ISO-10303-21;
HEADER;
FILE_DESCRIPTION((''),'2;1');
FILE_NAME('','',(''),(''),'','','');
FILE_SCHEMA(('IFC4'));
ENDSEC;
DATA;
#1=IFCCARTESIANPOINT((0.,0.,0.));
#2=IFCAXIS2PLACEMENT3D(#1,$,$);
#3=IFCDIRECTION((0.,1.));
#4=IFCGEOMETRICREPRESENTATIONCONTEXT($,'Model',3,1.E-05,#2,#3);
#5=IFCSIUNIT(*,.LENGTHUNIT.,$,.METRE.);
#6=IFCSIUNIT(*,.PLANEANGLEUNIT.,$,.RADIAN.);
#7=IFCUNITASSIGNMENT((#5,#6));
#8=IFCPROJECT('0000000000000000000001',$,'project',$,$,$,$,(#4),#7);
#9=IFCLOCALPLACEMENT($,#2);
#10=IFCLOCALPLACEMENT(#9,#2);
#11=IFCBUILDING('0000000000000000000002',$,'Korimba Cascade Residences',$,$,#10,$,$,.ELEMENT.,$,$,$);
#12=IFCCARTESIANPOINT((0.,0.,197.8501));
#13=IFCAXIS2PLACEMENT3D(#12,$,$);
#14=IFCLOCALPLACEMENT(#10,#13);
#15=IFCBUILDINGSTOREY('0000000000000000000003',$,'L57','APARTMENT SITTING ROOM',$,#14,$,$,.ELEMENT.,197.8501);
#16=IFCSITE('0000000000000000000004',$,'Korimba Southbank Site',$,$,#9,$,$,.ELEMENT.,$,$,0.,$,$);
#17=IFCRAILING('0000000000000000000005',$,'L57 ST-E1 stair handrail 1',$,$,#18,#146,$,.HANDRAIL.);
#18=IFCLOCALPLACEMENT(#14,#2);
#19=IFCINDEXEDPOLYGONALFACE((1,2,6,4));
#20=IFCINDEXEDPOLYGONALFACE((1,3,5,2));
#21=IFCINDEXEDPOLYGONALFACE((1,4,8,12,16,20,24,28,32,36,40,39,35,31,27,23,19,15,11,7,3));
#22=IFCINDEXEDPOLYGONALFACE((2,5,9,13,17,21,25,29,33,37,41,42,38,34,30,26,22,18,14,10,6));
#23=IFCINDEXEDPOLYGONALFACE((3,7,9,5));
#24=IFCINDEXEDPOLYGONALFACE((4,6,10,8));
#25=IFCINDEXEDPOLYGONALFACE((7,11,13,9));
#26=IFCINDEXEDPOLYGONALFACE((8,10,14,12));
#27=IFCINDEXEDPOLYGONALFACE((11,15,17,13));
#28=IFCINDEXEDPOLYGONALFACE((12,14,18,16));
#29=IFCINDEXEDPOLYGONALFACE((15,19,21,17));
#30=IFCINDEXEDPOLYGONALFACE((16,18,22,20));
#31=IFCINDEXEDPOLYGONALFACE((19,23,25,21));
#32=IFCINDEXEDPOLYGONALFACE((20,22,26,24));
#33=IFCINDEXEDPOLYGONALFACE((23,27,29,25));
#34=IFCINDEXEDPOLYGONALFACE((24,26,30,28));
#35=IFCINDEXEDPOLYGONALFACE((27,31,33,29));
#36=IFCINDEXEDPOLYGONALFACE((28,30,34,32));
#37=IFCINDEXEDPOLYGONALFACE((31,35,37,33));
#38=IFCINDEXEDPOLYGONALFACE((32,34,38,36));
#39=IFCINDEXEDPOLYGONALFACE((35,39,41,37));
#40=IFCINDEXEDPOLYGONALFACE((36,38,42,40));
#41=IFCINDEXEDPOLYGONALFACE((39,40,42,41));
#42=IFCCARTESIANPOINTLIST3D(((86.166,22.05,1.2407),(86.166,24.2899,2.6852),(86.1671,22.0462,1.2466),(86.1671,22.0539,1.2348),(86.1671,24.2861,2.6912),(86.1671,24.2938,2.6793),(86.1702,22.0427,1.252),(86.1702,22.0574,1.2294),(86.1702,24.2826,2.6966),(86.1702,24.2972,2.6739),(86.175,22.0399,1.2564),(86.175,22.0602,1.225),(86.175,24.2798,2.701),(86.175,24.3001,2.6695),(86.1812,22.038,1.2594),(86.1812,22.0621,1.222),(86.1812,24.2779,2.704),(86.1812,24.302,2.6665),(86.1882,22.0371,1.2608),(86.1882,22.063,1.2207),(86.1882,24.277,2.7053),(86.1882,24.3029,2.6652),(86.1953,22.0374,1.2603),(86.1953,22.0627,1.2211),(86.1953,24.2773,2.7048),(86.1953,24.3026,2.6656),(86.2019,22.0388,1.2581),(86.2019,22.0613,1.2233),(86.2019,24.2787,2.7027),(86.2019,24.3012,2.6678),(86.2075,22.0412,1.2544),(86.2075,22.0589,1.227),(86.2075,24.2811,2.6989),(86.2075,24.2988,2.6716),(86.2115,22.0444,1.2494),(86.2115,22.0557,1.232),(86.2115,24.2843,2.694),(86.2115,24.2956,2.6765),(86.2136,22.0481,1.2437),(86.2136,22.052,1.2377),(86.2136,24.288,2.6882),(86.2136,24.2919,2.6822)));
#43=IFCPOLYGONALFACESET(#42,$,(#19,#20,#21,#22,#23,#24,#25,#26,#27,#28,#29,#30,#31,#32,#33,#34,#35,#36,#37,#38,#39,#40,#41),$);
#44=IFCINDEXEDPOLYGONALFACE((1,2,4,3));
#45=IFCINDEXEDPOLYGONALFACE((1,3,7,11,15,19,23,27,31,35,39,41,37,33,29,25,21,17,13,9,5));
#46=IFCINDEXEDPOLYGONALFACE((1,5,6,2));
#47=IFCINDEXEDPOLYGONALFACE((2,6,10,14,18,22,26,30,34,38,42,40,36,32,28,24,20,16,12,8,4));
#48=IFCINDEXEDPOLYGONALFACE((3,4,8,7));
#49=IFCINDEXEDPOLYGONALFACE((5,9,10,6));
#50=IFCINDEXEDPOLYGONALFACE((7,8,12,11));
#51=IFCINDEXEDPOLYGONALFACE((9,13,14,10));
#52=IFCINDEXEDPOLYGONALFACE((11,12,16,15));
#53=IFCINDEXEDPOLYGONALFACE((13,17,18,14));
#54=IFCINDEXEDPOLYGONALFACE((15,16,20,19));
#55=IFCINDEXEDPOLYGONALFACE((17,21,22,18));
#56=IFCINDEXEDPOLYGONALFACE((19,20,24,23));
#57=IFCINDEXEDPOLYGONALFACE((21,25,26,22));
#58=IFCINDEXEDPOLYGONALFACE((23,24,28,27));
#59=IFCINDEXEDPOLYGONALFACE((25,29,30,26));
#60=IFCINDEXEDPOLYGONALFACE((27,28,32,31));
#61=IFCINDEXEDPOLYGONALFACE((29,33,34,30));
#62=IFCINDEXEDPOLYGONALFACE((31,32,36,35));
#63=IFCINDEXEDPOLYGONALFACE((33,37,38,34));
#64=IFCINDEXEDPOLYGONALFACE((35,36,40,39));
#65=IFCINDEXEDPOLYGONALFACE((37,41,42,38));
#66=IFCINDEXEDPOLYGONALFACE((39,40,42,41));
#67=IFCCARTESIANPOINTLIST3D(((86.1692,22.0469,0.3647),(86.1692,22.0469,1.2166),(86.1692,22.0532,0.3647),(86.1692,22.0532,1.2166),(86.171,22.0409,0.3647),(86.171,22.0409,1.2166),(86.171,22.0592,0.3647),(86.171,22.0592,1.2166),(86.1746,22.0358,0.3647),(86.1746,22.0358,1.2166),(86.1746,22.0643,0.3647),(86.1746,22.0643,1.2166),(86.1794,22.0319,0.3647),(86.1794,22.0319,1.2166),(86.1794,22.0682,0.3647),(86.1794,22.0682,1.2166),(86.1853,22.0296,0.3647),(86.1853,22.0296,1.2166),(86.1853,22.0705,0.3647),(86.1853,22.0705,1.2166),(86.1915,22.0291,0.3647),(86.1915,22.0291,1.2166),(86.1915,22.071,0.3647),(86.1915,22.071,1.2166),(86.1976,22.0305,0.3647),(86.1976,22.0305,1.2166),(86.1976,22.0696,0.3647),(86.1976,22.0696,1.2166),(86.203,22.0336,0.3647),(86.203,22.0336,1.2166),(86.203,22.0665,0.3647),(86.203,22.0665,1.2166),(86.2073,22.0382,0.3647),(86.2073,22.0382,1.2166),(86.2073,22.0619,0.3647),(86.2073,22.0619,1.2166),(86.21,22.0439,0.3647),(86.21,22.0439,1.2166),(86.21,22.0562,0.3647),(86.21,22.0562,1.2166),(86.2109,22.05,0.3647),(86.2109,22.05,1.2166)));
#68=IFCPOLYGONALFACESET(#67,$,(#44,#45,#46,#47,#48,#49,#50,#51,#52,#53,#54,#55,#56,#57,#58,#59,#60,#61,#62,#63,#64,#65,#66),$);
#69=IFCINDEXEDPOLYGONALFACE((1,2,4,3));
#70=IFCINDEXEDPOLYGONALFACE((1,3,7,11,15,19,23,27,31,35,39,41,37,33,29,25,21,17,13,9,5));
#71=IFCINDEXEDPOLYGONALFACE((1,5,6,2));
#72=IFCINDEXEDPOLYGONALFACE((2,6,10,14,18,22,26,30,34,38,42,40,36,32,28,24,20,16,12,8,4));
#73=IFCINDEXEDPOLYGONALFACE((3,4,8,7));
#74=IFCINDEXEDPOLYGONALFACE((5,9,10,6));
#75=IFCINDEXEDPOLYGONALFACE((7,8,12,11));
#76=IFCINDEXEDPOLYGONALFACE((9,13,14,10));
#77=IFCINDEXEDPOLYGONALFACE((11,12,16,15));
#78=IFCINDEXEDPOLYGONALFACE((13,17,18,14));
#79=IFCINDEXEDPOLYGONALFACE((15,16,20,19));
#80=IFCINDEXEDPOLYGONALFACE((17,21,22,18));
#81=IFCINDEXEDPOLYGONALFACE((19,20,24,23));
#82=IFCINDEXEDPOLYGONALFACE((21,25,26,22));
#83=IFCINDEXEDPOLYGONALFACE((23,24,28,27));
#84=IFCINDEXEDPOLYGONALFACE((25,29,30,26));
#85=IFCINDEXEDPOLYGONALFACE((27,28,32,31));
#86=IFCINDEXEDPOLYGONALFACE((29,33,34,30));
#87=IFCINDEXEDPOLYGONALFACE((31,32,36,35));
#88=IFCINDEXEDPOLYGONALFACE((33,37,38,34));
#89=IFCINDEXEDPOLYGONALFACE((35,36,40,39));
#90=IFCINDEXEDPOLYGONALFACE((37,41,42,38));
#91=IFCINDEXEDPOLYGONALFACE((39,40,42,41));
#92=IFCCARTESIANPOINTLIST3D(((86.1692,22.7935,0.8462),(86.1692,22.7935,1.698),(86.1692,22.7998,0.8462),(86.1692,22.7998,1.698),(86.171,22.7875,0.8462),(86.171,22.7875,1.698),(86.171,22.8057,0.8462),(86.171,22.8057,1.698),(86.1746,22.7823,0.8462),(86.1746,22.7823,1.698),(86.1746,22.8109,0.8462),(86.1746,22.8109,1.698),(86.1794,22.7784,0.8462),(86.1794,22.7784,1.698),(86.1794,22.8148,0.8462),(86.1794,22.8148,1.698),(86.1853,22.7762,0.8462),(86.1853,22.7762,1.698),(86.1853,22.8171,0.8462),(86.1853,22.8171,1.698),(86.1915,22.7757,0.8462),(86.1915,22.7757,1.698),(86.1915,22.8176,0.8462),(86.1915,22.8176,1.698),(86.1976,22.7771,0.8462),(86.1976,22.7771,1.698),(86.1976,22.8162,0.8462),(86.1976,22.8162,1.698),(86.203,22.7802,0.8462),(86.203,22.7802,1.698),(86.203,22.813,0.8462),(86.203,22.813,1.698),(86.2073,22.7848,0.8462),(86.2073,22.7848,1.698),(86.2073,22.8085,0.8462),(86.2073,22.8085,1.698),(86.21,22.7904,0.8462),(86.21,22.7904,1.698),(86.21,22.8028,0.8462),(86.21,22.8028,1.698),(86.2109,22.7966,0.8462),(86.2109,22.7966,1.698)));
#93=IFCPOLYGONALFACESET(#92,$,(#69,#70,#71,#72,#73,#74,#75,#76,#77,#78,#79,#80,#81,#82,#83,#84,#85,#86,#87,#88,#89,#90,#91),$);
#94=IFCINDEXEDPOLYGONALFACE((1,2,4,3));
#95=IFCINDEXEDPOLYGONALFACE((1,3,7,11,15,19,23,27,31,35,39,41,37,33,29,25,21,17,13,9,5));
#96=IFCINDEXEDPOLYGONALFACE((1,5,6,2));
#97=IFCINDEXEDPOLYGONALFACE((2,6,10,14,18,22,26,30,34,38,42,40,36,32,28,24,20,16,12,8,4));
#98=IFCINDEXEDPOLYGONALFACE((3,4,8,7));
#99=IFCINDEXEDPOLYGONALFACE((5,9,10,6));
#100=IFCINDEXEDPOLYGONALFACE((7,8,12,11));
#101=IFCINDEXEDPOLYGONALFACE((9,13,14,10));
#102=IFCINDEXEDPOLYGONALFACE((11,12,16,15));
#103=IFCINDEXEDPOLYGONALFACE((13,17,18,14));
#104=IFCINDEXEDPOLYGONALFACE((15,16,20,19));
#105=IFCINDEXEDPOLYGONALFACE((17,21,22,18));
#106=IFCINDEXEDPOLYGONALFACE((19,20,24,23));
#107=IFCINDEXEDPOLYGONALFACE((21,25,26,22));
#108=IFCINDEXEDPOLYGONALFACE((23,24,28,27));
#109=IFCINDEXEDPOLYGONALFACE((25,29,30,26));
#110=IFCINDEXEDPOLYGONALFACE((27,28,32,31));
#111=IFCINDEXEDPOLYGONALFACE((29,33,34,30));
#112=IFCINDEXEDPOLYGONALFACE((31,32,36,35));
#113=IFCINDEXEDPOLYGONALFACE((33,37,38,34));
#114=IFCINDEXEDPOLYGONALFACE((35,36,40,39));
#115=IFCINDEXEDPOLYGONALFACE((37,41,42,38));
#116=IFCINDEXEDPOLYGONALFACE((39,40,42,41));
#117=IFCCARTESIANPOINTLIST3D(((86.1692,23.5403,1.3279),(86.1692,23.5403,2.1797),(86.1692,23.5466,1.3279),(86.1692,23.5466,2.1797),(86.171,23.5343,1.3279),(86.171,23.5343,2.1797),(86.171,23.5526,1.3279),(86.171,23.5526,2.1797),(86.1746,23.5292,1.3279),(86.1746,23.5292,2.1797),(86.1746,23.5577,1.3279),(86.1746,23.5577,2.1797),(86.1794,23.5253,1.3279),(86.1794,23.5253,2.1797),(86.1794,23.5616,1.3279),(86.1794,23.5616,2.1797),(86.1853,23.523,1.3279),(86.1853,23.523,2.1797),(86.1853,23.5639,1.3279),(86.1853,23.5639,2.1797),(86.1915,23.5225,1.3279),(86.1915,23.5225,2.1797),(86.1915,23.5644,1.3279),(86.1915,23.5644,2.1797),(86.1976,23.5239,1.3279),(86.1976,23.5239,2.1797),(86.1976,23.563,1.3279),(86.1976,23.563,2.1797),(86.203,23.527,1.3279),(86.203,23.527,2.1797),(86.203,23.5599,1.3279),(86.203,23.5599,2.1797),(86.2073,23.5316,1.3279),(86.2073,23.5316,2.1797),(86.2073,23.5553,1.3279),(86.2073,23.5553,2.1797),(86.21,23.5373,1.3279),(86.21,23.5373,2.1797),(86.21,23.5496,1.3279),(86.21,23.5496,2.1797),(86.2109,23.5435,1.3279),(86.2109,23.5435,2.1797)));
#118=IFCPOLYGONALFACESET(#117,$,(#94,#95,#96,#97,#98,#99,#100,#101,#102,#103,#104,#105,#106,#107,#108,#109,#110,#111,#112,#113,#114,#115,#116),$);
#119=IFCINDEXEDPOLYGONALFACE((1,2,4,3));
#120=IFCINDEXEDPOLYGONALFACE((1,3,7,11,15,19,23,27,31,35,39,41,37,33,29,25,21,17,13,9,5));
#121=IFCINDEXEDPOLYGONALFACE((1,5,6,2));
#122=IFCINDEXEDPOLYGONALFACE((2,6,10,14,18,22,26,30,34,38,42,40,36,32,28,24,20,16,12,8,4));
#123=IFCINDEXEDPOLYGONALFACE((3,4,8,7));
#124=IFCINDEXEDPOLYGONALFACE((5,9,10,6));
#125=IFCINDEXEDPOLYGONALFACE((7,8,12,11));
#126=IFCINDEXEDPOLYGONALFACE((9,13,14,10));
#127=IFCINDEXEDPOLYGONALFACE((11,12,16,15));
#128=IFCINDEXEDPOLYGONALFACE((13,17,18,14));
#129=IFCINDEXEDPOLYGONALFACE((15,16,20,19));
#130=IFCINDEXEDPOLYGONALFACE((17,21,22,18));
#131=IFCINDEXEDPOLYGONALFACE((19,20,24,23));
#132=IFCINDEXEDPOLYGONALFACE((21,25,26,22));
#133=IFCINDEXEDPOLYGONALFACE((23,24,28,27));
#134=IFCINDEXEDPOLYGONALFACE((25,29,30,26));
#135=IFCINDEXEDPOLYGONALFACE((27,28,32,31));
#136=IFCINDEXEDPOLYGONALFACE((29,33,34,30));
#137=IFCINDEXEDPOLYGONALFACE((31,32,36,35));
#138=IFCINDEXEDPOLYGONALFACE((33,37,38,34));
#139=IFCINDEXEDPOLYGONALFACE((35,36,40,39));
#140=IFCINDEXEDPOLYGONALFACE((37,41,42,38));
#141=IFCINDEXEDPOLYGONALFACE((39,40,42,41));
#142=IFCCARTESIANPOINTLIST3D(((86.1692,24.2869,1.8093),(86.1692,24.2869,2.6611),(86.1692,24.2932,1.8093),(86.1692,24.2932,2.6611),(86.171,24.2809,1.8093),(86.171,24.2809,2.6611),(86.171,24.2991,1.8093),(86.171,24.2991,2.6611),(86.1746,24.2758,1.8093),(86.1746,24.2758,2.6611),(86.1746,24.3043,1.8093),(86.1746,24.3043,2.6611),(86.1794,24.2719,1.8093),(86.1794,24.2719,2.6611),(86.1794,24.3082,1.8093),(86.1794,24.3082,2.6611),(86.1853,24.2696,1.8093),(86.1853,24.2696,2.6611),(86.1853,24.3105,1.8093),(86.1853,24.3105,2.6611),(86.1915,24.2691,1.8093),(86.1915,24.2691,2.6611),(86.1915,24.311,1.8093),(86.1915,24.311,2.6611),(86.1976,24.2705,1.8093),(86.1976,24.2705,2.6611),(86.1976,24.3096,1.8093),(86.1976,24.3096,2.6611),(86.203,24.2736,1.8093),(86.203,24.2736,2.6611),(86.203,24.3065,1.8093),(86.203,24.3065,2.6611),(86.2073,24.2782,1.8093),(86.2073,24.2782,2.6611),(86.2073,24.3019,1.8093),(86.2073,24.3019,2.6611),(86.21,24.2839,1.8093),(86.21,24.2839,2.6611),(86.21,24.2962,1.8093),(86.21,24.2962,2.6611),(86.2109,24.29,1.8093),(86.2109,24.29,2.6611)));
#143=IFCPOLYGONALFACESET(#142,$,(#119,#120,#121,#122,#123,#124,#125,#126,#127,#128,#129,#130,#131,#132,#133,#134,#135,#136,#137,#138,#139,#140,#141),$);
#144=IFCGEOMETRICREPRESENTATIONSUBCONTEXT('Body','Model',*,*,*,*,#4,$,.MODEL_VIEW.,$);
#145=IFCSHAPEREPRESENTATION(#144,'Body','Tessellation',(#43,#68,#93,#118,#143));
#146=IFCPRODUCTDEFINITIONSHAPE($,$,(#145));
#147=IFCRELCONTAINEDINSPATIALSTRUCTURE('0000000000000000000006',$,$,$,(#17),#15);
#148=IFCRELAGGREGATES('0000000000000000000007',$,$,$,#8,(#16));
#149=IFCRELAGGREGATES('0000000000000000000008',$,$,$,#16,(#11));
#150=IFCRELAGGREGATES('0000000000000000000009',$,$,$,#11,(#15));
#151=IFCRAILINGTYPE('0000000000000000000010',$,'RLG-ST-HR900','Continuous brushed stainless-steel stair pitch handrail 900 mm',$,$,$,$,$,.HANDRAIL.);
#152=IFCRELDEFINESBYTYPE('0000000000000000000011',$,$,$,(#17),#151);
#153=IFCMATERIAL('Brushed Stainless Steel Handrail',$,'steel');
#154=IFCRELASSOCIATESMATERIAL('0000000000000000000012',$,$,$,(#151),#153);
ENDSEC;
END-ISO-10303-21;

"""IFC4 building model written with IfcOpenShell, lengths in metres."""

from ifc_helpers import new_model, si_unit, direction, frame, origin, origin_2d, place, context, subcontext, project, spatial, circle, extrude, material, type_object, element, save


model = new_model("IFC4")

# Units and contexts
model_context = context("Model", 3, precision=1e-05, world=origin(), true_north=direction((0.0, 1.0)))
body_context = subcontext(model_context, "Body", "Model", "MODEL_VIEW")
ifc_project = project(units=[si_unit("LENGTHUNIT", "METRE"), si_unit("PLANEANGLEUNIT", "RADIAN")], contexts=[model_context])

# Site, building, storey
site_placement = place(None, origin())
site = spatial("IfcSite", under=ifc_project, at=site_placement, Name="Korimba Southbank Site", CompositionType="ELEMENT", RefElevation=0.0)
building_placement = place(site_placement, origin())
building = spatial("IfcBuilding", under=site, at=building_placement, Name="Korimba Cascade Residences", CompositionType="ELEMENT")
storey_placement = place(building_placement, frame((0.0, 0.0, 197.8501)))
storey = spatial("IfcBuildingStorey", under=building, at=storey_placement, Name="L57", Description="APARTMENT SITTING ROOM", CompositionType="ELEMENT", Elevation=197.8501)

# Railing
ifc_material_1 = material(Name="Brushed Stainless Steel Handrail", Category="steel")
railing_type = type_object("IfcRailingType", Name="RLG-ST-HR900", Description="Continuous brushed stainless-steel stair pitch handrail 900 mm", PredefinedType="HANDRAIL", material=ifc_material_1)
railing_placement = place(storey_placement, frame((86.1899, 22.05, 0.3647)))
element("IfcRailing", 1, at=railing_placement, inside=storey, type_object=railing_type, Name="L57 ST-E1 stair handrail 1", PredefinedType="HANDRAIL", context=body_context, shape_type="SweptSolid", body=[
    extrude(circle(Radius=0.0239, at=origin_2d()), frame((0.0, 0.0, 0.876), z_axis=(0.0, 0.840395, 0.541975), x_axis=(-1.0, 0.0, 0.0)), (0.0, 0.0, 1.0), 2.6653),
    extrude(circle(Radius=0.021, at=origin_2d()), origin(), (0.0, 0.0, 1.0), 0.8518),
    extrude(circle(Radius=0.021, at=origin_2d()), frame((0.0, 0.7466, 0.4814)), (0.0, 0.0, 1.0), 0.8518),
    extrude(circle(Radius=0.021, at=origin_2d()), frame((0.0, 1.4934, 0.9631)), (0.0, 0.0, 1.0), 0.8518),
    extrude(circle(Radius=0.021, at=origin_2d()), frame((0.0, 2.24, 1.4446)), (0.0, 0.0, 1.0), 0.8518),
])

save(model, "model.ifc")
